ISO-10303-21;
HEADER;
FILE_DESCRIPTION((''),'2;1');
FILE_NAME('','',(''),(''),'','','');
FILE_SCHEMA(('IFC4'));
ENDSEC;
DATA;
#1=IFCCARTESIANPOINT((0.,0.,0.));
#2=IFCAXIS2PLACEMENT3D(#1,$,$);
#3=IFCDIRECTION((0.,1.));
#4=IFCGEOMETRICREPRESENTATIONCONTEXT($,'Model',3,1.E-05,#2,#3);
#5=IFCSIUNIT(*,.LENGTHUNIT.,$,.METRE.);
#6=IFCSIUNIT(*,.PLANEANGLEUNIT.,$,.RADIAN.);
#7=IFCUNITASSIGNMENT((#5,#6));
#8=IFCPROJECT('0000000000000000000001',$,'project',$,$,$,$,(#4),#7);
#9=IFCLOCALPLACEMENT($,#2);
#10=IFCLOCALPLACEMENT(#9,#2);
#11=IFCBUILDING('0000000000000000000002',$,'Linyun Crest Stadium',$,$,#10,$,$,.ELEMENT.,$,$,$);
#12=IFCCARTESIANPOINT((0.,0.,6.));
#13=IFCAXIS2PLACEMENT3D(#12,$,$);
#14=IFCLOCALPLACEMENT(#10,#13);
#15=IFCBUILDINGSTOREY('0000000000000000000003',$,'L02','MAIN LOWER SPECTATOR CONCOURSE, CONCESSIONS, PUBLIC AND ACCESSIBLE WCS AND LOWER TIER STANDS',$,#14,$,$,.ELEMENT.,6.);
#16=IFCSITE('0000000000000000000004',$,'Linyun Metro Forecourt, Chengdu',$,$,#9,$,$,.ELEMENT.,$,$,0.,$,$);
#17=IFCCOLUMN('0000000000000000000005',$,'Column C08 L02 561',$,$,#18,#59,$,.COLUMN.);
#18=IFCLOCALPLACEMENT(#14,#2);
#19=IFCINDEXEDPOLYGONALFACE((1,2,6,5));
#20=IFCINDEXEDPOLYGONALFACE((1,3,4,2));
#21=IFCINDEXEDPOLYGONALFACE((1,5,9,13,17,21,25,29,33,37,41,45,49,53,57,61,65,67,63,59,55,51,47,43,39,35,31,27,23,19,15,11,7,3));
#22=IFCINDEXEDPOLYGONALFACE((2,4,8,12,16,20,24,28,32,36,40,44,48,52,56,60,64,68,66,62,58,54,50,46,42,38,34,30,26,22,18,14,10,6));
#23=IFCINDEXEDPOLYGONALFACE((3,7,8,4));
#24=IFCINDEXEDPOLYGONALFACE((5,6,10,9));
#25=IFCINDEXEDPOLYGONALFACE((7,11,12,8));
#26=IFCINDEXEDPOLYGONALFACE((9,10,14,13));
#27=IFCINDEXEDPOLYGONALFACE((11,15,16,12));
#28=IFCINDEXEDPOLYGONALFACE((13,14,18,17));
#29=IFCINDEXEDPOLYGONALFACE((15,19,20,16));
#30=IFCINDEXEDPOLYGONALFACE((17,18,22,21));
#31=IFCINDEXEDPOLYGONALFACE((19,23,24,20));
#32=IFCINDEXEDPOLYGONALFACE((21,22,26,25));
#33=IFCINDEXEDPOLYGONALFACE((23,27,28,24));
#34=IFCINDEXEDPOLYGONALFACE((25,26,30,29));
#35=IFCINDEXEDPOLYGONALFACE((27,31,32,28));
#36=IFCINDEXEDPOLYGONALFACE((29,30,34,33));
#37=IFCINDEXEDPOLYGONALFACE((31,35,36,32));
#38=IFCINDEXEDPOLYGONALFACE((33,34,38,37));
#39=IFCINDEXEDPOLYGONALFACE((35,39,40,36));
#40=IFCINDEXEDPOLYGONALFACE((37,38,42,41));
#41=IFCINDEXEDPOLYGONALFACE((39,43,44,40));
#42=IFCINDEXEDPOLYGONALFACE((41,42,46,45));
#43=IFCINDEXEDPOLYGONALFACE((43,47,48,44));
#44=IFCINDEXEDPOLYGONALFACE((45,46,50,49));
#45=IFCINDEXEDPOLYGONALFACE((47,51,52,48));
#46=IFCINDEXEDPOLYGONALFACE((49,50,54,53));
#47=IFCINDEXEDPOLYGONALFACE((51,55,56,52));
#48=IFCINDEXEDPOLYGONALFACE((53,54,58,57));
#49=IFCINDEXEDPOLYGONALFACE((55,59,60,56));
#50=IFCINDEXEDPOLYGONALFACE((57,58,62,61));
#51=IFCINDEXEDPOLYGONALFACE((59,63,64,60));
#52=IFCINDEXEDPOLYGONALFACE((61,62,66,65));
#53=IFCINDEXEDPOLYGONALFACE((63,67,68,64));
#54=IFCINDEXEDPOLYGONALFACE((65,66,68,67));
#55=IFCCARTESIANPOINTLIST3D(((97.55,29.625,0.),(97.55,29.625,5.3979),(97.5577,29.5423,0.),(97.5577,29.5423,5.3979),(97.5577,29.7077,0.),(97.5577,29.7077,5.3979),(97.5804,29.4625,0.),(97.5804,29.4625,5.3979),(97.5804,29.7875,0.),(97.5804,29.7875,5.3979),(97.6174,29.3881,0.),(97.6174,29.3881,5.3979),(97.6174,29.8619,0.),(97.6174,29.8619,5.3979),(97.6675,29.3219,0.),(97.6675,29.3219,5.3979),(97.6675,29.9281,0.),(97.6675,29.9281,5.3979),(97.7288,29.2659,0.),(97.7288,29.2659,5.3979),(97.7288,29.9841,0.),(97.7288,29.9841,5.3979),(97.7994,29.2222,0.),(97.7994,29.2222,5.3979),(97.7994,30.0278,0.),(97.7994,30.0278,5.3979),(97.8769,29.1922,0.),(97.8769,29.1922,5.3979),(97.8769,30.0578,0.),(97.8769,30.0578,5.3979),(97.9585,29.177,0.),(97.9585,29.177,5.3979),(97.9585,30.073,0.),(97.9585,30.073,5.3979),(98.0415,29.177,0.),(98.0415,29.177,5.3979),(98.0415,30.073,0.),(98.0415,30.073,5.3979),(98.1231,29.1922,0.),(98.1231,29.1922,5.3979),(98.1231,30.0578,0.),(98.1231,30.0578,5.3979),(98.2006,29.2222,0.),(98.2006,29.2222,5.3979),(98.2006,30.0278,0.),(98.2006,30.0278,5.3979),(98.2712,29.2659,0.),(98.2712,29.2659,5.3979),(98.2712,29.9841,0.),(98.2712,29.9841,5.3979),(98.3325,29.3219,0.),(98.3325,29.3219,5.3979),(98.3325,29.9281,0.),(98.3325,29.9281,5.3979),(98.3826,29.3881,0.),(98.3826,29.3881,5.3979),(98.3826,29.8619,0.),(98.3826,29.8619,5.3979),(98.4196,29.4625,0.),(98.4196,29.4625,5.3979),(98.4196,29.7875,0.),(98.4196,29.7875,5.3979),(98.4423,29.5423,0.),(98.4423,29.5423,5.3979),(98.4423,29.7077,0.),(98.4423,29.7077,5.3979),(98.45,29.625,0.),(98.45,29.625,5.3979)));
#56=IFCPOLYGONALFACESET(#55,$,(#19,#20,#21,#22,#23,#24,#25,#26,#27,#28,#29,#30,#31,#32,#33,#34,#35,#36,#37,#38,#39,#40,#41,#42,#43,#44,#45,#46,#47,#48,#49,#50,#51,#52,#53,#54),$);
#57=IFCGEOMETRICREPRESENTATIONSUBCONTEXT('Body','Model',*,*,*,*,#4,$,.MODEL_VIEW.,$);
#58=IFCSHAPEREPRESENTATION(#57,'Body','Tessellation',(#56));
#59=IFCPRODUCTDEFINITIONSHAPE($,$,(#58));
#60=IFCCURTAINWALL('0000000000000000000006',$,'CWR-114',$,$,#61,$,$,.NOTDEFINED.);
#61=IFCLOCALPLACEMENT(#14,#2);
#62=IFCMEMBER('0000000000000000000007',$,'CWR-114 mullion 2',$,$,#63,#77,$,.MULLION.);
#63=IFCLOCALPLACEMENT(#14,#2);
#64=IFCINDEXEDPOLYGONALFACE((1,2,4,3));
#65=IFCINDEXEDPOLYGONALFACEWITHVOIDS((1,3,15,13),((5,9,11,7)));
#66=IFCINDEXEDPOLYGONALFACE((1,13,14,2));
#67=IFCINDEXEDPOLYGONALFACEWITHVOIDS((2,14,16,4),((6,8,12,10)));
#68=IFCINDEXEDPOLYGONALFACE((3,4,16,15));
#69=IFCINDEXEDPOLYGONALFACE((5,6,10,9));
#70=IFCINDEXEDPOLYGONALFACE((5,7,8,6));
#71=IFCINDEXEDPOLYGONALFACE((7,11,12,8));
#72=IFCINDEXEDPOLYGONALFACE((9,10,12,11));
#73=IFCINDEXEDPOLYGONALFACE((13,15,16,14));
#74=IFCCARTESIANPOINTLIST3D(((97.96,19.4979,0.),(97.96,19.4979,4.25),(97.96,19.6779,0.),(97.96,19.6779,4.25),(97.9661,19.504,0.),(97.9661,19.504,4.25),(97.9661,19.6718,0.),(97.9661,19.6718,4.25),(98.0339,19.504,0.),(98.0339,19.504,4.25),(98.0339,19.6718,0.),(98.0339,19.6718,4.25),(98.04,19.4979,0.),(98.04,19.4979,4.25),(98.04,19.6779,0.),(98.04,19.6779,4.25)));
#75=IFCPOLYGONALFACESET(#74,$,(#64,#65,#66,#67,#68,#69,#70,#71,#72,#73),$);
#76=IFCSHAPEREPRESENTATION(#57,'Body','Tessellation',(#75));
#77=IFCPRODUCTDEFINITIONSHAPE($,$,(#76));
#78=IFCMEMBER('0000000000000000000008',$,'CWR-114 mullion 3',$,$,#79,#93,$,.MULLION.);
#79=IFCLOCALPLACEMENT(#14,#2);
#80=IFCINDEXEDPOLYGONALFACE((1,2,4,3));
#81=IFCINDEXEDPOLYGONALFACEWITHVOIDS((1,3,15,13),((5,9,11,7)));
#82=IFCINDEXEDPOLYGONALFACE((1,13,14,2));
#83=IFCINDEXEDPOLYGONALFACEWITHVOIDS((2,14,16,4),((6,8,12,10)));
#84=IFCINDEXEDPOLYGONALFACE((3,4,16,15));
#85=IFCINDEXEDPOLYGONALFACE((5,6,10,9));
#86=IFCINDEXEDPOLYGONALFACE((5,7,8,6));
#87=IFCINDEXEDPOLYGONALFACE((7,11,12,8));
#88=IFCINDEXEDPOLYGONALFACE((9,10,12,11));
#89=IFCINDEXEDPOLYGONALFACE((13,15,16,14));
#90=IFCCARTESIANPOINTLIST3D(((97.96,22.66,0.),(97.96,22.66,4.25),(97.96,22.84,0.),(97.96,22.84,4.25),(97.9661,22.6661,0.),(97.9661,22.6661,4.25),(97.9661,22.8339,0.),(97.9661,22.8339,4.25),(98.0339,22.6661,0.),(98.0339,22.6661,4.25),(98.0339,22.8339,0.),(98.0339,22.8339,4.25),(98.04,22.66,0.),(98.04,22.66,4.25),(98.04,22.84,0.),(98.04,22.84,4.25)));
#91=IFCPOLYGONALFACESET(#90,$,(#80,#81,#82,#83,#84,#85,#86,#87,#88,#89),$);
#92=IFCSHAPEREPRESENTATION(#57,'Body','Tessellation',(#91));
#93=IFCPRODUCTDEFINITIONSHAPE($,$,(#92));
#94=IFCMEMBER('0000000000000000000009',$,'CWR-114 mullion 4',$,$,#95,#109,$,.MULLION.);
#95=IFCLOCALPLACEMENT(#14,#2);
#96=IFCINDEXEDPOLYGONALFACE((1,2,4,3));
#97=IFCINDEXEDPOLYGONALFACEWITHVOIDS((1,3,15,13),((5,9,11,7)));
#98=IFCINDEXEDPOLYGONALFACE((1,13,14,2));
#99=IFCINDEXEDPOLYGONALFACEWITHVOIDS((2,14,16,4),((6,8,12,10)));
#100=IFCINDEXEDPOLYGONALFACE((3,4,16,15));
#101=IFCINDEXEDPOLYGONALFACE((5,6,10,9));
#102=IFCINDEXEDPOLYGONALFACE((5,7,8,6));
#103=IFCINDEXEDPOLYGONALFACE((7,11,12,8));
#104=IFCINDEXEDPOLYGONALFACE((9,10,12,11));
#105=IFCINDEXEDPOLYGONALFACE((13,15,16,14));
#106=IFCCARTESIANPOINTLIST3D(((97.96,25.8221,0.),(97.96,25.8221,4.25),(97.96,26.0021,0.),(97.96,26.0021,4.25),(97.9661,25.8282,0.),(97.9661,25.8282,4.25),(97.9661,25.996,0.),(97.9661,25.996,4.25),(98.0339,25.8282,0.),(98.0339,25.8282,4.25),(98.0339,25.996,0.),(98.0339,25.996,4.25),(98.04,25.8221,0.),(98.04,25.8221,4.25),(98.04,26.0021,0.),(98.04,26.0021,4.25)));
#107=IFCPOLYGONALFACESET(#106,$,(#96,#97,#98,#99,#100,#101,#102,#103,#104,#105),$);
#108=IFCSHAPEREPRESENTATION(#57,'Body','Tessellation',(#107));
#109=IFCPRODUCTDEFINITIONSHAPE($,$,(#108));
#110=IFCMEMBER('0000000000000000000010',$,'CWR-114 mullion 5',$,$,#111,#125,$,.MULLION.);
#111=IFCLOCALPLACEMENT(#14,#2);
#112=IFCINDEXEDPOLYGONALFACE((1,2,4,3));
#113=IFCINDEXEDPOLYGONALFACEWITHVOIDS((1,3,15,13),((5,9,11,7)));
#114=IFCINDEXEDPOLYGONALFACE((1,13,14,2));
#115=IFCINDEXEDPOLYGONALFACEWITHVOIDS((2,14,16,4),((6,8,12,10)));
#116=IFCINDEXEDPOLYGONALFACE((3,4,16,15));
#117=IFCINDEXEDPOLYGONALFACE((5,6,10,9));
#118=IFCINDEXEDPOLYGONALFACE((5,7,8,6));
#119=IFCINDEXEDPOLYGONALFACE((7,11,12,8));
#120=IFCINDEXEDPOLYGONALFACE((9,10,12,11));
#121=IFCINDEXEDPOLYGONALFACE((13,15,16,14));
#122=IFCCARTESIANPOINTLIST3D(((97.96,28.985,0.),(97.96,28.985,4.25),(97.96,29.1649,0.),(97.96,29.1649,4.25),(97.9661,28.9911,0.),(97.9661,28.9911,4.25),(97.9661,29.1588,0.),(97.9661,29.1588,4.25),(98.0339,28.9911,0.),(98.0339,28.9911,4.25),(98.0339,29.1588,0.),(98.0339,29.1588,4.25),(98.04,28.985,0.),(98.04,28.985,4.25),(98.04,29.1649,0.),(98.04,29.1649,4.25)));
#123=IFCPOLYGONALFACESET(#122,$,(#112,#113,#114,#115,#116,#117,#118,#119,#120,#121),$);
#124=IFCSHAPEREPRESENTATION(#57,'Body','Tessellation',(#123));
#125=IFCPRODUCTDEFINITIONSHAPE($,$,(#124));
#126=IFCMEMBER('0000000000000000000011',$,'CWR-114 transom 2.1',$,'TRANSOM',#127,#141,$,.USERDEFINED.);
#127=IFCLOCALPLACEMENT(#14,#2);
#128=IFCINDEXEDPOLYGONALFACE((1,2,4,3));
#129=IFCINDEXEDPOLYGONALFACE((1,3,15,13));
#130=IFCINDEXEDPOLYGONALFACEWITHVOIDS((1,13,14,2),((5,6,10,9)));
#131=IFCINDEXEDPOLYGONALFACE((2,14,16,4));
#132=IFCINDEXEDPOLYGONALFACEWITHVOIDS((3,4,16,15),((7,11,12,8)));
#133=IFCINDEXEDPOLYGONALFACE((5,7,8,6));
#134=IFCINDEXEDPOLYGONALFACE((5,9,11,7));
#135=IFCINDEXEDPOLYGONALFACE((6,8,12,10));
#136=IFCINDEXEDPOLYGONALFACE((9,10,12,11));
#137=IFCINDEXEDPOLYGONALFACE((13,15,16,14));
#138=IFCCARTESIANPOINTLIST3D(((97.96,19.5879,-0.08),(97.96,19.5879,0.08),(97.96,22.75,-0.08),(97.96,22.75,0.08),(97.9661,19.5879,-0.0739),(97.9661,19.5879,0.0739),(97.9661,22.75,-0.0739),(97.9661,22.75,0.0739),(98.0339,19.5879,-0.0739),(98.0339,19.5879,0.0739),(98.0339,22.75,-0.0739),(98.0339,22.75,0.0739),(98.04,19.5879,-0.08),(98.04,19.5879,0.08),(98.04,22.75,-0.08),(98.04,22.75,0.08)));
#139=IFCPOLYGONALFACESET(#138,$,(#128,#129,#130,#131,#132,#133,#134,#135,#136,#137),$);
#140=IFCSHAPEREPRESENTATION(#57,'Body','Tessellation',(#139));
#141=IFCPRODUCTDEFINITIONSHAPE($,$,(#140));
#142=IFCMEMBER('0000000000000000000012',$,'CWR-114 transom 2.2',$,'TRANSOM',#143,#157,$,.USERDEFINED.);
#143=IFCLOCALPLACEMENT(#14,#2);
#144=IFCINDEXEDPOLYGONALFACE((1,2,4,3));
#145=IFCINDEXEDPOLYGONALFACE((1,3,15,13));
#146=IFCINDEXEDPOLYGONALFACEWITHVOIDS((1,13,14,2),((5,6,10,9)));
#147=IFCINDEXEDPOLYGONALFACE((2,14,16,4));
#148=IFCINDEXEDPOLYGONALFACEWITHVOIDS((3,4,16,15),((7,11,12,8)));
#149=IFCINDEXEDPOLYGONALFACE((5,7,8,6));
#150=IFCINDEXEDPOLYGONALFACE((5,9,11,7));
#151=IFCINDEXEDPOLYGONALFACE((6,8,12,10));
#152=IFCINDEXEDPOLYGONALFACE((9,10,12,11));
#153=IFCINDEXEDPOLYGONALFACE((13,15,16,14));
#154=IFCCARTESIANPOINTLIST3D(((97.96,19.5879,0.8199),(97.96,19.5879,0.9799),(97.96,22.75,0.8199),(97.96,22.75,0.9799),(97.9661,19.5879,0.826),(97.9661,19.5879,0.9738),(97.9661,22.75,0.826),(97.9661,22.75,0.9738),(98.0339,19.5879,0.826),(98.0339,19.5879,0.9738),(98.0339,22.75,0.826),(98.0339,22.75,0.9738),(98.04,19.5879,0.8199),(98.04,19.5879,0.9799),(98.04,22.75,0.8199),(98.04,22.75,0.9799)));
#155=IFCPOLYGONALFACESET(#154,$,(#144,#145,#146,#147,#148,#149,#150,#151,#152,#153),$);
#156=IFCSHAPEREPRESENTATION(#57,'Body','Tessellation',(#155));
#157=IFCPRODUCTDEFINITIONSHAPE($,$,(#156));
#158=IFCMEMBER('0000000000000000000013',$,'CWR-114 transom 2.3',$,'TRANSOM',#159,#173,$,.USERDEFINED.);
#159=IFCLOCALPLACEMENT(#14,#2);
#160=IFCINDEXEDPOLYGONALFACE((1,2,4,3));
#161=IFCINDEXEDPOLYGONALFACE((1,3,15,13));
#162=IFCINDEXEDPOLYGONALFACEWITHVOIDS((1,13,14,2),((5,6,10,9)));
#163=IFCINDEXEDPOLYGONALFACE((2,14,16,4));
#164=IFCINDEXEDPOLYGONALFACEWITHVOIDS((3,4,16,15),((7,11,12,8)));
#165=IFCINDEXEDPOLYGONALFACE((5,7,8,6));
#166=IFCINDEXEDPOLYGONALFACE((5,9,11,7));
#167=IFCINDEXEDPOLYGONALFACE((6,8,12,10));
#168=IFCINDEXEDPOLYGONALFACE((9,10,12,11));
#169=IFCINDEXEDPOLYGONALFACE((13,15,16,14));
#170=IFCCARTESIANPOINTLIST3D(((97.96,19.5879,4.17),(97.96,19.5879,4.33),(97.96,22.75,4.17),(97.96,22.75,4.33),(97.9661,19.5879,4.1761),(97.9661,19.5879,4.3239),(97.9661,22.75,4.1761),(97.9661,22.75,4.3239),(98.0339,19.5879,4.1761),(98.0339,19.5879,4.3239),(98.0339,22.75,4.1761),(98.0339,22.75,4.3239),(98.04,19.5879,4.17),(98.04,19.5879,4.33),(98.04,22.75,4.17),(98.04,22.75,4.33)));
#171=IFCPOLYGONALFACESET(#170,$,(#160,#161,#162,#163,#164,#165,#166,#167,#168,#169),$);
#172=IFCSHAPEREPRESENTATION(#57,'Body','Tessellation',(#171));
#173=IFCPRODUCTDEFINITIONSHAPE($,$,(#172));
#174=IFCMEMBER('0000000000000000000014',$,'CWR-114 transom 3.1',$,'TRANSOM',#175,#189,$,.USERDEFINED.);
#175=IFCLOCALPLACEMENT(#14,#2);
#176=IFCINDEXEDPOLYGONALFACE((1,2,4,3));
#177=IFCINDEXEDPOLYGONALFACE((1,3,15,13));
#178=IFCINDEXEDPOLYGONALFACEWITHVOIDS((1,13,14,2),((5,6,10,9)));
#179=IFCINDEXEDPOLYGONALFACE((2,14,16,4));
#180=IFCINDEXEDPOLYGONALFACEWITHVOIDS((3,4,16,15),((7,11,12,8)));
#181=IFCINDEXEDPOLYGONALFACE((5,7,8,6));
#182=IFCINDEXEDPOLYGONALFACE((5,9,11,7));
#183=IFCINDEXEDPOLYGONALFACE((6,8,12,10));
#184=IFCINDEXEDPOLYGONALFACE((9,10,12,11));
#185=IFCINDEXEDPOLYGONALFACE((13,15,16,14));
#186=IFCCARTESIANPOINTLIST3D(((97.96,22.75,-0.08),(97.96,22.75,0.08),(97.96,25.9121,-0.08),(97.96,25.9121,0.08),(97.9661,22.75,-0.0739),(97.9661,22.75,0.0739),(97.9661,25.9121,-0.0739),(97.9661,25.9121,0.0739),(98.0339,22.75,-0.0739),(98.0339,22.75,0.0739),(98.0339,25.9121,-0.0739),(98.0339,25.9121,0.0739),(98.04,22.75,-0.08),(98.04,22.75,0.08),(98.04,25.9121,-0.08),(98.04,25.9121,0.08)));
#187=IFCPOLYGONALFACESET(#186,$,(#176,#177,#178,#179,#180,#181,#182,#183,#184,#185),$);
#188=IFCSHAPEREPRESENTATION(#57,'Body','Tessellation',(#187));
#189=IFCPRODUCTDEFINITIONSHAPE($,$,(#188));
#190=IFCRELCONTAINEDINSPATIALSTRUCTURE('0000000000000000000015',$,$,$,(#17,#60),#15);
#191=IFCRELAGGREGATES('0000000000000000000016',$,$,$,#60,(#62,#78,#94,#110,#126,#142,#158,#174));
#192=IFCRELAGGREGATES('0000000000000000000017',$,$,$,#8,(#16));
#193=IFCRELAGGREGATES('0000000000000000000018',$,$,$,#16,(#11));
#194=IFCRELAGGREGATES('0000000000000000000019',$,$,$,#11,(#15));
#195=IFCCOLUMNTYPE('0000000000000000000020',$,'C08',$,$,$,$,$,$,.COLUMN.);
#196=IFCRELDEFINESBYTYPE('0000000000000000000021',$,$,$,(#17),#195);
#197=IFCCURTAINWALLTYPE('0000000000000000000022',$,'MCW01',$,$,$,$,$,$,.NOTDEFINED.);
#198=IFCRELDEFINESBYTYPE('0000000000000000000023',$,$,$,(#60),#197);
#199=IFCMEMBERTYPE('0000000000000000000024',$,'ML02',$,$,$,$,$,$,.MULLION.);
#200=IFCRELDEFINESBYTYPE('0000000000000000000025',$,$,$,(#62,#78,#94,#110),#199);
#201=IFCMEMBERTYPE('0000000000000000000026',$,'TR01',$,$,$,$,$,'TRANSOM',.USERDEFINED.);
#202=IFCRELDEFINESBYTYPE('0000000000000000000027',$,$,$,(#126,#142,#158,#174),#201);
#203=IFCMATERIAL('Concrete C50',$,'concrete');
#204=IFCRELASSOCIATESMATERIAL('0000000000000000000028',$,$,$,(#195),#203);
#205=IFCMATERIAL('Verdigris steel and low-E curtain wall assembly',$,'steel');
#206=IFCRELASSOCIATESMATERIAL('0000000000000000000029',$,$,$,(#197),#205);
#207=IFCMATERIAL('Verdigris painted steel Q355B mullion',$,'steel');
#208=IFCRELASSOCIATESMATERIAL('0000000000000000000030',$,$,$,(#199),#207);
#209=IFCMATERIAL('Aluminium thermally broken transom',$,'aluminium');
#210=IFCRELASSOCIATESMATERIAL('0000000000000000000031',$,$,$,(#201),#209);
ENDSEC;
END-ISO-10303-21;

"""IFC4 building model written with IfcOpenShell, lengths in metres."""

from ifc_helpers import new_model, si_unit, direction, frame, origin, origin_2d, place, context, subcontext, project, spatial, hollow_rectangle, circle, extrude, material, material_profile, profile_set, type_object, element, aggregate, save


model = new_model("IFC4")

# Units and contexts
model_context = context("Model", 3, precision=1e-05, world=origin(), true_north=direction((0.0, 1.0)))
body_context = subcontext(model_context, "Body", "Model", "MODEL_VIEW")
ifc_project = project(units=[si_unit("LENGTHUNIT", "METRE"), si_unit("PLANEANGLEUNIT", "RADIAN")], contexts=[model_context])

# Site, building, storey
site_placement = place(None, origin())
site = spatial("IfcSite", under=ifc_project, at=site_placement, Name="Linyun Metro Forecourt, Chengdu", CompositionType="ELEMENT", RefElevation=0.0)
building_placement = place(site_placement, origin())
building = spatial("IfcBuilding", under=site, at=building_placement, Name="Linyun Crest Stadium", CompositionType="ELEMENT")
storey_placement = place(building_placement, frame((0.0, 0.0, 6.0)))
storey = spatial("IfcBuildingStorey", under=building, at=storey_placement, Name="L02", Description="MAIN LOWER SPECTATOR CONCOURSE, CONCESSIONS, PUBLIC AND ACCESSIBLE WCS AND LOWER TIER STANDS", CompositionType="ELEMENT", Elevation=6.0)

# Column
ifc_material_1 = material(Name="Concrete C50", Category="concrete")
ifc_material_profile_1 = material_profile(ifc_material_1, circle(Radius=0.45, at=origin_2d()), Name="RC D900")
ifc_profile_set_1 = profile_set([ifc_material_profile_1], Name="Concrete C50")
column_type = type_object("IfcColumnType", Name="C08", PredefinedType="COLUMN", material=ifc_profile_set_1)
column_placement = place(storey_placement, frame((98.0, 29.625, 0.0), z_axis=(0.0, 0.0, 1.0), x_axis=(1.0, 0.0, 0.0)))
element("IfcColumn", 1, at=column_placement, inside=storey, type_object=column_type, Name="Column C08 L02 561", PredefinedType="COLUMN", context=body_context, shape_type="SweptSolid", body=[
    extrude(circle(Radius=0.45, at=origin_2d()), origin(), (0.0, 0.0, 1.0), 5.3979),
])

# Curtain wall, members
ifc_material_2 = material(Name="Verdigris steel and low-E curtain wall assembly", Category="steel")
curtain_wall_type = type_object("IfcCurtainWallType", Name="MCW01", PredefinedType="NOTDEFINED", material=ifc_material_2)
curtain_wall_placement = place(storey_placement, origin())
curtain_wall = element("IfcCurtainWall", 2, at=curtain_wall_placement, inside=storey, type_object=curtain_wall_type, Name="CWR-114", PredefinedType="NOTDEFINED")
ifc_material_3 = material(Name="Verdigris painted steel Q355B mullion", Category="steel")
ifc_material_profile_2 = material_profile(ifc_material_3, hollow_rectangle(XDim=0.0801, YDim=0.1799, WallThickness=0.0061, at=origin_2d()), Name="RHS 180x80x6")
ifc_profile_set_2 = profile_set([ifc_material_profile_2], Name="Verdigris painted steel Q355B mullion")
member_type_1 = type_object("IfcMemberType", Name="ML02", PredefinedType="MULLION", material=ifc_profile_set_2)
member_1_placement = place(storey_placement, frame((98.0, 19.5879, 0.0), z_axis=(0.0, 0.0, 1.0), x_axis=(-1.0, 0.0, 0.0)))
member_1 = element("IfcMember", 3, at=member_1_placement, type_object=member_type_1, Name="CWR-114 mullion 2", PredefinedType="MULLION", context=body_context, shape_type="SweptSolid", body=[
    extrude(hollow_rectangle(XDim=0.0801, YDim=0.1799, WallThickness=0.0061, at=origin_2d()), origin(), (0.0, 0.0, 1.0), 4.25),
])
member_2_placement = place(storey_placement, frame((98.0, 22.75, 0.0), z_axis=(0.0, 0.0, 1.0), x_axis=(-1.0, 0.0, 0.0)))
member_2 = element("IfcMember", 4, at=member_2_placement, type_object=member_type_1, Name="CWR-114 mullion 3", PredefinedType="MULLION", context=body_context, shape_type="SweptSolid", body=[
    extrude(hollow_rectangle(XDim=0.0801, YDim=0.1799, WallThickness=0.0061, at=origin_2d()), origin(), (0.0, 0.0, 1.0), 4.25),
])
member_3_placement = place(storey_placement, frame((98.0, 25.9121, 0.0), z_axis=(0.0, 0.0, 1.0), x_axis=(-1.0, 0.0, 0.0)))
member_3 = element("IfcMember", 5, at=member_3_placement, type_object=member_type_1, Name="CWR-114 mullion 4", PredefinedType="MULLION", context=body_context, shape_type="SweptSolid", body=[
    extrude(hollow_rectangle(XDim=0.0801, YDim=0.1799, WallThickness=0.0061, at=origin_2d()), origin(), (0.0, 0.0, 1.0), 4.25),
])
member_4_placement = place(storey_placement, frame((98.0, 29.075, 0.0), z_axis=(0.0, 0.0, 1.0), x_axis=(-1.0, 0.0, 0.0)))
member_4 = element("IfcMember", 6, at=member_4_placement, type_object=member_type_1, Name="CWR-114 mullion 5", PredefinedType="MULLION", context=body_context, shape_type="SweptSolid", body=[
    extrude(hollow_rectangle(XDim=0.0801, YDim=0.1799, WallThickness=0.0061, at=origin_2d()), origin(), (0.0, 0.0, 1.0), 4.25),
])
ifc_material_4 = material(Name="Aluminium thermally broken transom", Category="aluminium")
ifc_material_profile_3 = material_profile(ifc_material_4, hollow_rectangle(XDim=0.0801, YDim=0.1599, WallThickness=0.0061, at=origin_2d()), Name="RHS 160x80x6")
ifc_profile_set_3 = profile_set([ifc_material_profile_3], Name="Aluminium thermally broken transom")
member_type_2 = type_object("IfcMemberType", Name="TR01", ElementType="TRANSOM", PredefinedType="USERDEFINED", material=ifc_profile_set_3)
member_5_placement = place(storey_placement, frame((98.0, 19.5879, 0.0), z_axis=(0.0, 1.0, 0.0), x_axis=(-1.0, 0.0, 0.0)))
member_5 = element("IfcMember", 7, at=member_5_placement, type_object=member_type_2, Name="CWR-114 transom 2.1", ObjectType="TRANSOM", PredefinedType="USERDEFINED", context=body_context, shape_type="SweptSolid", body=[
    extrude(hollow_rectangle(XDim=0.0801, YDim=0.1599, WallThickness=0.0061, at=origin_2d()), origin(), (0.0, 0.0, 1.0), 3.1621),
])
member_6_placement = place(storey_placement, frame((98.0, 19.5879, 0.8999), z_axis=(0.0, 1.0, 0.0), x_axis=(-1.0, 0.0, 0.0)))
member_6 = element("IfcMember", 8, at=member_6_placement, type_object=member_type_2, Name="CWR-114 transom 2.2", ObjectType="TRANSOM", PredefinedType="USERDEFINED", context=body_context, shape_type="SweptSolid", body=[
    extrude(hollow_rectangle(XDim=0.0801, YDim=0.1599, WallThickness=0.0061, at=origin_2d()), origin(), (0.0, 0.0, 1.0), 3.1621),
])
member_7_placement = place(storey_placement, frame((98.0, 19.5879, 4.25), z_axis=(0.0, 1.0, 0.0), x_axis=(-1.0, 0.0, 0.0)))
member_7 = element("IfcMember", 9, at=member_7_placement, type_object=member_type_2, Name="CWR-114 transom 2.3", ObjectType="TRANSOM", PredefinedType="USERDEFINED", context=body_context, shape_type="SweptSolid", body=[
    extrude(hollow_rectangle(XDim=0.0801, YDim=0.1599, WallThickness=0.0061, at=origin_2d()), origin(), (0.0, 0.0, 1.0), 3.1621),
])
member_8_placement = place(storey_placement, frame((98.0, 22.75, 0.0), z_axis=(0.0, 1.0, 0.0), x_axis=(-1.0, 0.0, 0.0)))
member_8 = element("IfcMember", 10, at=member_8_placement, type_object=member_type_2, Name="CWR-114 transom 3.1", ObjectType="TRANSOM", PredefinedType="USERDEFINED", context=body_context, shape_type="SweptSolid", body=[
    extrude(hollow_rectangle(XDim=0.0801, YDim=0.1599, WallThickness=0.0061, at=origin_2d()), origin(), (0.0, 0.0, 1.0), 3.1621),
])
aggregate(curtain_wall, [member_1, member_2, member_3, member_4, member_5, member_6, member_7, member_8])

save(model, "model.ifc")
